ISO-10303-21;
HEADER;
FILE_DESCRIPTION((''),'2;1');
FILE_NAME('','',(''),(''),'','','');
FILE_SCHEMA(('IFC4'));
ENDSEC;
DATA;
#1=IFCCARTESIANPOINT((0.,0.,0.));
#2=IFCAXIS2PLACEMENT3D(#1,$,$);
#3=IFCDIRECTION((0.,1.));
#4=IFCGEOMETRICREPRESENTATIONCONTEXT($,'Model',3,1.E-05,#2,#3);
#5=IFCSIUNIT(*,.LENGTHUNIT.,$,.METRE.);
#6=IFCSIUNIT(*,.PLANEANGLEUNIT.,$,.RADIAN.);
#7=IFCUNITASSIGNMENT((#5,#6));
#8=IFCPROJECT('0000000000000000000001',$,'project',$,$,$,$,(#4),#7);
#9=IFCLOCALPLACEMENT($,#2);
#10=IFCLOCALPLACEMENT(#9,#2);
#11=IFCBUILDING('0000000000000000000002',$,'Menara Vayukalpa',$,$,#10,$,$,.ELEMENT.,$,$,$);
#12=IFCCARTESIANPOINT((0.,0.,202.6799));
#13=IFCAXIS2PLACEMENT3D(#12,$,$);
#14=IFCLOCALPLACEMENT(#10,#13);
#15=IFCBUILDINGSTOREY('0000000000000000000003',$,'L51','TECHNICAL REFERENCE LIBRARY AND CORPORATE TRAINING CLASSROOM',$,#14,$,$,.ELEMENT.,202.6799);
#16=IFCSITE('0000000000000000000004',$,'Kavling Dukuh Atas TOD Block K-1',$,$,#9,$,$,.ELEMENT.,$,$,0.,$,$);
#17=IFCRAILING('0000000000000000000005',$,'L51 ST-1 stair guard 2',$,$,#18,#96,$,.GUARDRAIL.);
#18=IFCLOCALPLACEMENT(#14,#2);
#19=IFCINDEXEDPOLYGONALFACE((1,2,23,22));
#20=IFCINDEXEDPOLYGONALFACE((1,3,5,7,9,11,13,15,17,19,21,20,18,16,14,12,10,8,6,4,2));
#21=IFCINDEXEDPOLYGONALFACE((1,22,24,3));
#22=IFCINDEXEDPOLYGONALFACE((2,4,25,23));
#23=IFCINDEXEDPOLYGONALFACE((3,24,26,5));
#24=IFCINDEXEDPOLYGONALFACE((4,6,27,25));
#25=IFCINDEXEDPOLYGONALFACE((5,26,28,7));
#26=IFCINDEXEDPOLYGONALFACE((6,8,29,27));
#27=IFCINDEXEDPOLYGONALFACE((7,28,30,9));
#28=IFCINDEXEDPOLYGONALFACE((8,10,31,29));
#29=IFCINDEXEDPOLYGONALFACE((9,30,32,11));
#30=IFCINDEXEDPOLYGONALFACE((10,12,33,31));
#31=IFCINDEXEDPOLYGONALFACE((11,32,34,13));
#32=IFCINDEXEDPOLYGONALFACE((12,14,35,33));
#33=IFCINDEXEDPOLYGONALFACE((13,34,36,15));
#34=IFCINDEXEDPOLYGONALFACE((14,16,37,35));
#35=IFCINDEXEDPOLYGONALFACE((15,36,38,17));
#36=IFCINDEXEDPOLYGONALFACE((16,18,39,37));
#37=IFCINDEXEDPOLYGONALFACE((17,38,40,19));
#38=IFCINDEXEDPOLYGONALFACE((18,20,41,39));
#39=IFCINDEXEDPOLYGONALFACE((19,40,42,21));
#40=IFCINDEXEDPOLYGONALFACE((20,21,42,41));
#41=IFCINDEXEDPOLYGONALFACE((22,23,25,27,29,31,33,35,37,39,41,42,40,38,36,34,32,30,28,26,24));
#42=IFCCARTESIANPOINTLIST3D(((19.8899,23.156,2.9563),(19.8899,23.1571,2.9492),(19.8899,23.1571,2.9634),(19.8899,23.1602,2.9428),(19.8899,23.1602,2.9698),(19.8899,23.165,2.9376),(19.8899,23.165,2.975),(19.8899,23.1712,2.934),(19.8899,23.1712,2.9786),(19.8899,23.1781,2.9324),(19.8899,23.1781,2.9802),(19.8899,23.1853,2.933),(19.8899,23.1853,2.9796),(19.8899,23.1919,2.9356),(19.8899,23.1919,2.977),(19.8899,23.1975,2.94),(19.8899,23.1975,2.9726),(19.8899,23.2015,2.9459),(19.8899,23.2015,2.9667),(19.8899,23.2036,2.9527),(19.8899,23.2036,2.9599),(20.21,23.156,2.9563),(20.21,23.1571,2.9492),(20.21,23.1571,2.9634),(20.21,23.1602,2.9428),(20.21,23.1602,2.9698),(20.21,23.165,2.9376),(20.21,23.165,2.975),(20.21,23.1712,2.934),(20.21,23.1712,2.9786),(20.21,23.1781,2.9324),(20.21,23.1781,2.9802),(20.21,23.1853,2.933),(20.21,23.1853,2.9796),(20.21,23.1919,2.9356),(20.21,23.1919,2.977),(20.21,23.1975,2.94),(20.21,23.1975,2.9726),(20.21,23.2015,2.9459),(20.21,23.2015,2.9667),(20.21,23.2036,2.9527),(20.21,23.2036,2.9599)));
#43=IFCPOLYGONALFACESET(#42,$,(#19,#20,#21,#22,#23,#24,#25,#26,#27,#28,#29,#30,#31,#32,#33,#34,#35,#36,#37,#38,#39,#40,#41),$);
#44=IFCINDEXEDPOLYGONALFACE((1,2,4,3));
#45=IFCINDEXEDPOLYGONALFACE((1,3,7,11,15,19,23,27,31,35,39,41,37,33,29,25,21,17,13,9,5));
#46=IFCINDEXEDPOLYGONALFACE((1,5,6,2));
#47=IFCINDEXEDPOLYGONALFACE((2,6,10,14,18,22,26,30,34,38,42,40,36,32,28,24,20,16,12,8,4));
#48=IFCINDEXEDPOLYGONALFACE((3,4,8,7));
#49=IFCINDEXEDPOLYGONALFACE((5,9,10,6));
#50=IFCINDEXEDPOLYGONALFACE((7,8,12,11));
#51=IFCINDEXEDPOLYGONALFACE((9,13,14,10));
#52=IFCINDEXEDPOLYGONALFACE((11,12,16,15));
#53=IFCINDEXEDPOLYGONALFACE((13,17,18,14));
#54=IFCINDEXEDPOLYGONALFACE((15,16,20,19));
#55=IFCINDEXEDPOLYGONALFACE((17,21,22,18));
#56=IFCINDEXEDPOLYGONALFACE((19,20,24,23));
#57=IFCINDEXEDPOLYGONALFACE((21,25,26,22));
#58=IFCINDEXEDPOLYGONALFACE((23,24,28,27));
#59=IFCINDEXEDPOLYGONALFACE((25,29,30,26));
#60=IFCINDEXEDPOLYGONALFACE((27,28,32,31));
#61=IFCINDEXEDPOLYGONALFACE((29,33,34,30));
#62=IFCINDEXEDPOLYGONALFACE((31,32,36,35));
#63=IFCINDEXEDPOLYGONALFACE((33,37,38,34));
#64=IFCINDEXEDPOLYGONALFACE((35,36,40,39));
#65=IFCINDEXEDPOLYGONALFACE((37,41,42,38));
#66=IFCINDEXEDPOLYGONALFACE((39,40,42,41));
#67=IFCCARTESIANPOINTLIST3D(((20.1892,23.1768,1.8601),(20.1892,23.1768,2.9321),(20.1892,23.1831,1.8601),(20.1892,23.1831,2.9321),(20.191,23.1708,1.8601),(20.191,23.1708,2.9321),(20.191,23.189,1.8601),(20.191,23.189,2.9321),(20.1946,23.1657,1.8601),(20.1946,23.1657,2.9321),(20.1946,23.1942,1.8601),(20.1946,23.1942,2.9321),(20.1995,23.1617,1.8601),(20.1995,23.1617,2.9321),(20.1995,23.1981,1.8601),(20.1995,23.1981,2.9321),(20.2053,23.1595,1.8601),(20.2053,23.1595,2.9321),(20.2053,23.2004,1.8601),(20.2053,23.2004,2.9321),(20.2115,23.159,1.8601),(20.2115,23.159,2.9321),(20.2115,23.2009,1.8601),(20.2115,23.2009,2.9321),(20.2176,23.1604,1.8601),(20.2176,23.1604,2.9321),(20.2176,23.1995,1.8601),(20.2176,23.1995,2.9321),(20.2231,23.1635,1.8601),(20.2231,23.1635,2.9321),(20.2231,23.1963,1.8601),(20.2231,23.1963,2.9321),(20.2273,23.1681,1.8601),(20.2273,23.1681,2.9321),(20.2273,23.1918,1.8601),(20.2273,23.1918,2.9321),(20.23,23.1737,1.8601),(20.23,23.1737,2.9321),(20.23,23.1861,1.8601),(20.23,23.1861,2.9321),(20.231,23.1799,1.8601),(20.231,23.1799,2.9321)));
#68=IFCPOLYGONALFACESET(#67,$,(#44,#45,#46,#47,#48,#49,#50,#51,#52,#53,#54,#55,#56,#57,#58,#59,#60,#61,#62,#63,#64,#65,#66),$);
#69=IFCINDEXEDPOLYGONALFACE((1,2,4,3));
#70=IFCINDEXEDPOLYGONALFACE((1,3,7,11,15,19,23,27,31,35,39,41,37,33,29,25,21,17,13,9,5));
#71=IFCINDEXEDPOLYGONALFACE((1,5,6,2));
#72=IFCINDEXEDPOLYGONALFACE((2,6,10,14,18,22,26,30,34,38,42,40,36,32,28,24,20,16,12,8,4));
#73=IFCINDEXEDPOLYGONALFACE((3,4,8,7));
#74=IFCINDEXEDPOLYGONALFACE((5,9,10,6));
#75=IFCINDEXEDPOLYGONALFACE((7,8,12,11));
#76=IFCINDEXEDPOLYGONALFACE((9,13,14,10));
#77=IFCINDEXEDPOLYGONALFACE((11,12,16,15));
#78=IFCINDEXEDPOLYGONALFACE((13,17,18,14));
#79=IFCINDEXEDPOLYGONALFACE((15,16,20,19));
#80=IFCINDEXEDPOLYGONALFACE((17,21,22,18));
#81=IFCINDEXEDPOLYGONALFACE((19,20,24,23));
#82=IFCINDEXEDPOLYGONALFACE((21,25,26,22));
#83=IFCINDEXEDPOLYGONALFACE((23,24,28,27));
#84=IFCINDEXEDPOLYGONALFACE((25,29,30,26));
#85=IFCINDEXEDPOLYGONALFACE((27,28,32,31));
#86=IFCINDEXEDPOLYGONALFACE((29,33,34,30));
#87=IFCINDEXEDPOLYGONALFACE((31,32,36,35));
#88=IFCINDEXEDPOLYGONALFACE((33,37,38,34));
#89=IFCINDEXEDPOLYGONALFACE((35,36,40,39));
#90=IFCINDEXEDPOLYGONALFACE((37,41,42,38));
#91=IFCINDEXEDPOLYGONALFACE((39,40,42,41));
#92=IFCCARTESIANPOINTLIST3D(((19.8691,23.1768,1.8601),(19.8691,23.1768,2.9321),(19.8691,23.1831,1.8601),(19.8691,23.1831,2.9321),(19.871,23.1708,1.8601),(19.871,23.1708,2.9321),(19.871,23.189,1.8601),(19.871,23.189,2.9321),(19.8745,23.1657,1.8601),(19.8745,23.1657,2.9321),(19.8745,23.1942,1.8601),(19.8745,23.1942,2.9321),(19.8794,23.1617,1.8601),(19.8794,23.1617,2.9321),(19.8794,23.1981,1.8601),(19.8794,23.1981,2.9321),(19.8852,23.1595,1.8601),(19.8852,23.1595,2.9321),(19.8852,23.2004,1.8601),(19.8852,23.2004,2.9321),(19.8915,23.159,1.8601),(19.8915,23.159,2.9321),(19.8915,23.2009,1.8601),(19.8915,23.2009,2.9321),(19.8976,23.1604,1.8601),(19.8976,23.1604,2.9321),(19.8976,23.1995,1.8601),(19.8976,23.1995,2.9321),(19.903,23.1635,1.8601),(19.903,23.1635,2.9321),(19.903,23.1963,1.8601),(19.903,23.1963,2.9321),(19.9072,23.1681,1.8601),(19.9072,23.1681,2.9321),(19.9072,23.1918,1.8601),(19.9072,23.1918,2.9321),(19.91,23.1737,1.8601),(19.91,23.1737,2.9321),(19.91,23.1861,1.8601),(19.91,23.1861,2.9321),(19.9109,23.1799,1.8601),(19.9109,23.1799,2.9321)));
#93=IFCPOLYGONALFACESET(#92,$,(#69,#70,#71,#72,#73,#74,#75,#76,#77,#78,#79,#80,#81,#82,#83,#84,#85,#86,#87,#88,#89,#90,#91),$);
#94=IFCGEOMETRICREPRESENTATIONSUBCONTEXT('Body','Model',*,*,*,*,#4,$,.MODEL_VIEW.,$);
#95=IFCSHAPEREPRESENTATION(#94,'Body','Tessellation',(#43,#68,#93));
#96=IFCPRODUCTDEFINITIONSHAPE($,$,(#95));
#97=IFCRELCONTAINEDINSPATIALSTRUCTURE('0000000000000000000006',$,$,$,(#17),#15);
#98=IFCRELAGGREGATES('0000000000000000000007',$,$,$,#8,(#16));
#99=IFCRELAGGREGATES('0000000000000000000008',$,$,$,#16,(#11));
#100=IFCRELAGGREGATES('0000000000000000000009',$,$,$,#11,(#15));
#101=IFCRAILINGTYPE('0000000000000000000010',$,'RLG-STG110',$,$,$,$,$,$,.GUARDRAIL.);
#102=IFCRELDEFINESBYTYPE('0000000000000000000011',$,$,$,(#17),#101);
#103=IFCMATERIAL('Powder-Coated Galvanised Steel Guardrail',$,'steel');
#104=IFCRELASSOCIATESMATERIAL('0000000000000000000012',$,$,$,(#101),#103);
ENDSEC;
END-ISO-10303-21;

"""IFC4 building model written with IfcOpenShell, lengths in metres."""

from ifc_helpers import new_model, si_unit, direction, frame, origin, origin_2d, place, context, subcontext, project, spatial, circle, extrude, material, type_object, element, save


model = new_model("IFC4")

# Units and contexts
model_context = context("Model", 3, precision=1e-05, world=origin(), true_north=direction((0.0, 1.0)))
body_context = subcontext(model_context, "Body", "Model", "MODEL_VIEW")
ifc_project = project(units=[si_unit("LENGTHUNIT", "METRE"), si_unit("PLANEANGLEUNIT", "RADIAN")], contexts=[model_context])

# Site, building, storey
site_placement = place(None, origin())
site = spatial("IfcSite", under=ifc_project, at=site_placement, Name="Kavling Dukuh Atas TOD Block K-1", CompositionType="ELEMENT", RefElevation=0.0)
building_placement = place(site_placement, origin())
building = spatial("IfcBuilding", under=site, at=building_placement, Name="Menara Vayukalpa", CompositionType="ELEMENT")
storey_placement = place(building_placement, frame((0.0, 0.0, 202.6799)))
storey = spatial("IfcBuildingStorey", under=building, at=storey_placement, Name="L51", Description="TECHNICAL REFERENCE LIBRARY AND CORPORATE TRAINING CLASSROOM", CompositionType="ELEMENT", Elevation=202.6799)

# Railing
ifc_material_1 = material(Name="Powder-Coated Galvanised Steel Guardrail", Category="steel")
railing_type_1 = type_object("IfcRailingType", Name="RLG-STG110", PredefinedType="GUARDRAIL", material=ifc_material_1)
railing_1_placement = place(storey_placement, frame((20.21, 23.1799, 1.8601)))
element("IfcRailing", 1, at=railing_1_placement, inside=storey, type_object=railing_type_1, Name="L51 ST-1 stair guard 2", PredefinedType="GUARDRAIL", context=body_context, shape_type="SweptSolid", body=[
    extrude(circle(Radius=0.0239, at=origin_2d()), frame((0.0, 0.0, 1.0962), z_axis=(-1.0, 0.0, 0.0), x_axis=(0.0, -1.0, 0.0)), (0.0, 0.0, 1.0), 0.3201),
    extrude(circle(Radius=0.021, at=origin_2d()), origin(), (0.0, 0.0, 1.0), 1.072),
    extrude(circle(Radius=0.021, at=origin_2d()), frame((-0.3201, 0.0, 0.0)), (0.0, 0.0, 1.0), 1.072),
])

save(model, "model.ifc")
